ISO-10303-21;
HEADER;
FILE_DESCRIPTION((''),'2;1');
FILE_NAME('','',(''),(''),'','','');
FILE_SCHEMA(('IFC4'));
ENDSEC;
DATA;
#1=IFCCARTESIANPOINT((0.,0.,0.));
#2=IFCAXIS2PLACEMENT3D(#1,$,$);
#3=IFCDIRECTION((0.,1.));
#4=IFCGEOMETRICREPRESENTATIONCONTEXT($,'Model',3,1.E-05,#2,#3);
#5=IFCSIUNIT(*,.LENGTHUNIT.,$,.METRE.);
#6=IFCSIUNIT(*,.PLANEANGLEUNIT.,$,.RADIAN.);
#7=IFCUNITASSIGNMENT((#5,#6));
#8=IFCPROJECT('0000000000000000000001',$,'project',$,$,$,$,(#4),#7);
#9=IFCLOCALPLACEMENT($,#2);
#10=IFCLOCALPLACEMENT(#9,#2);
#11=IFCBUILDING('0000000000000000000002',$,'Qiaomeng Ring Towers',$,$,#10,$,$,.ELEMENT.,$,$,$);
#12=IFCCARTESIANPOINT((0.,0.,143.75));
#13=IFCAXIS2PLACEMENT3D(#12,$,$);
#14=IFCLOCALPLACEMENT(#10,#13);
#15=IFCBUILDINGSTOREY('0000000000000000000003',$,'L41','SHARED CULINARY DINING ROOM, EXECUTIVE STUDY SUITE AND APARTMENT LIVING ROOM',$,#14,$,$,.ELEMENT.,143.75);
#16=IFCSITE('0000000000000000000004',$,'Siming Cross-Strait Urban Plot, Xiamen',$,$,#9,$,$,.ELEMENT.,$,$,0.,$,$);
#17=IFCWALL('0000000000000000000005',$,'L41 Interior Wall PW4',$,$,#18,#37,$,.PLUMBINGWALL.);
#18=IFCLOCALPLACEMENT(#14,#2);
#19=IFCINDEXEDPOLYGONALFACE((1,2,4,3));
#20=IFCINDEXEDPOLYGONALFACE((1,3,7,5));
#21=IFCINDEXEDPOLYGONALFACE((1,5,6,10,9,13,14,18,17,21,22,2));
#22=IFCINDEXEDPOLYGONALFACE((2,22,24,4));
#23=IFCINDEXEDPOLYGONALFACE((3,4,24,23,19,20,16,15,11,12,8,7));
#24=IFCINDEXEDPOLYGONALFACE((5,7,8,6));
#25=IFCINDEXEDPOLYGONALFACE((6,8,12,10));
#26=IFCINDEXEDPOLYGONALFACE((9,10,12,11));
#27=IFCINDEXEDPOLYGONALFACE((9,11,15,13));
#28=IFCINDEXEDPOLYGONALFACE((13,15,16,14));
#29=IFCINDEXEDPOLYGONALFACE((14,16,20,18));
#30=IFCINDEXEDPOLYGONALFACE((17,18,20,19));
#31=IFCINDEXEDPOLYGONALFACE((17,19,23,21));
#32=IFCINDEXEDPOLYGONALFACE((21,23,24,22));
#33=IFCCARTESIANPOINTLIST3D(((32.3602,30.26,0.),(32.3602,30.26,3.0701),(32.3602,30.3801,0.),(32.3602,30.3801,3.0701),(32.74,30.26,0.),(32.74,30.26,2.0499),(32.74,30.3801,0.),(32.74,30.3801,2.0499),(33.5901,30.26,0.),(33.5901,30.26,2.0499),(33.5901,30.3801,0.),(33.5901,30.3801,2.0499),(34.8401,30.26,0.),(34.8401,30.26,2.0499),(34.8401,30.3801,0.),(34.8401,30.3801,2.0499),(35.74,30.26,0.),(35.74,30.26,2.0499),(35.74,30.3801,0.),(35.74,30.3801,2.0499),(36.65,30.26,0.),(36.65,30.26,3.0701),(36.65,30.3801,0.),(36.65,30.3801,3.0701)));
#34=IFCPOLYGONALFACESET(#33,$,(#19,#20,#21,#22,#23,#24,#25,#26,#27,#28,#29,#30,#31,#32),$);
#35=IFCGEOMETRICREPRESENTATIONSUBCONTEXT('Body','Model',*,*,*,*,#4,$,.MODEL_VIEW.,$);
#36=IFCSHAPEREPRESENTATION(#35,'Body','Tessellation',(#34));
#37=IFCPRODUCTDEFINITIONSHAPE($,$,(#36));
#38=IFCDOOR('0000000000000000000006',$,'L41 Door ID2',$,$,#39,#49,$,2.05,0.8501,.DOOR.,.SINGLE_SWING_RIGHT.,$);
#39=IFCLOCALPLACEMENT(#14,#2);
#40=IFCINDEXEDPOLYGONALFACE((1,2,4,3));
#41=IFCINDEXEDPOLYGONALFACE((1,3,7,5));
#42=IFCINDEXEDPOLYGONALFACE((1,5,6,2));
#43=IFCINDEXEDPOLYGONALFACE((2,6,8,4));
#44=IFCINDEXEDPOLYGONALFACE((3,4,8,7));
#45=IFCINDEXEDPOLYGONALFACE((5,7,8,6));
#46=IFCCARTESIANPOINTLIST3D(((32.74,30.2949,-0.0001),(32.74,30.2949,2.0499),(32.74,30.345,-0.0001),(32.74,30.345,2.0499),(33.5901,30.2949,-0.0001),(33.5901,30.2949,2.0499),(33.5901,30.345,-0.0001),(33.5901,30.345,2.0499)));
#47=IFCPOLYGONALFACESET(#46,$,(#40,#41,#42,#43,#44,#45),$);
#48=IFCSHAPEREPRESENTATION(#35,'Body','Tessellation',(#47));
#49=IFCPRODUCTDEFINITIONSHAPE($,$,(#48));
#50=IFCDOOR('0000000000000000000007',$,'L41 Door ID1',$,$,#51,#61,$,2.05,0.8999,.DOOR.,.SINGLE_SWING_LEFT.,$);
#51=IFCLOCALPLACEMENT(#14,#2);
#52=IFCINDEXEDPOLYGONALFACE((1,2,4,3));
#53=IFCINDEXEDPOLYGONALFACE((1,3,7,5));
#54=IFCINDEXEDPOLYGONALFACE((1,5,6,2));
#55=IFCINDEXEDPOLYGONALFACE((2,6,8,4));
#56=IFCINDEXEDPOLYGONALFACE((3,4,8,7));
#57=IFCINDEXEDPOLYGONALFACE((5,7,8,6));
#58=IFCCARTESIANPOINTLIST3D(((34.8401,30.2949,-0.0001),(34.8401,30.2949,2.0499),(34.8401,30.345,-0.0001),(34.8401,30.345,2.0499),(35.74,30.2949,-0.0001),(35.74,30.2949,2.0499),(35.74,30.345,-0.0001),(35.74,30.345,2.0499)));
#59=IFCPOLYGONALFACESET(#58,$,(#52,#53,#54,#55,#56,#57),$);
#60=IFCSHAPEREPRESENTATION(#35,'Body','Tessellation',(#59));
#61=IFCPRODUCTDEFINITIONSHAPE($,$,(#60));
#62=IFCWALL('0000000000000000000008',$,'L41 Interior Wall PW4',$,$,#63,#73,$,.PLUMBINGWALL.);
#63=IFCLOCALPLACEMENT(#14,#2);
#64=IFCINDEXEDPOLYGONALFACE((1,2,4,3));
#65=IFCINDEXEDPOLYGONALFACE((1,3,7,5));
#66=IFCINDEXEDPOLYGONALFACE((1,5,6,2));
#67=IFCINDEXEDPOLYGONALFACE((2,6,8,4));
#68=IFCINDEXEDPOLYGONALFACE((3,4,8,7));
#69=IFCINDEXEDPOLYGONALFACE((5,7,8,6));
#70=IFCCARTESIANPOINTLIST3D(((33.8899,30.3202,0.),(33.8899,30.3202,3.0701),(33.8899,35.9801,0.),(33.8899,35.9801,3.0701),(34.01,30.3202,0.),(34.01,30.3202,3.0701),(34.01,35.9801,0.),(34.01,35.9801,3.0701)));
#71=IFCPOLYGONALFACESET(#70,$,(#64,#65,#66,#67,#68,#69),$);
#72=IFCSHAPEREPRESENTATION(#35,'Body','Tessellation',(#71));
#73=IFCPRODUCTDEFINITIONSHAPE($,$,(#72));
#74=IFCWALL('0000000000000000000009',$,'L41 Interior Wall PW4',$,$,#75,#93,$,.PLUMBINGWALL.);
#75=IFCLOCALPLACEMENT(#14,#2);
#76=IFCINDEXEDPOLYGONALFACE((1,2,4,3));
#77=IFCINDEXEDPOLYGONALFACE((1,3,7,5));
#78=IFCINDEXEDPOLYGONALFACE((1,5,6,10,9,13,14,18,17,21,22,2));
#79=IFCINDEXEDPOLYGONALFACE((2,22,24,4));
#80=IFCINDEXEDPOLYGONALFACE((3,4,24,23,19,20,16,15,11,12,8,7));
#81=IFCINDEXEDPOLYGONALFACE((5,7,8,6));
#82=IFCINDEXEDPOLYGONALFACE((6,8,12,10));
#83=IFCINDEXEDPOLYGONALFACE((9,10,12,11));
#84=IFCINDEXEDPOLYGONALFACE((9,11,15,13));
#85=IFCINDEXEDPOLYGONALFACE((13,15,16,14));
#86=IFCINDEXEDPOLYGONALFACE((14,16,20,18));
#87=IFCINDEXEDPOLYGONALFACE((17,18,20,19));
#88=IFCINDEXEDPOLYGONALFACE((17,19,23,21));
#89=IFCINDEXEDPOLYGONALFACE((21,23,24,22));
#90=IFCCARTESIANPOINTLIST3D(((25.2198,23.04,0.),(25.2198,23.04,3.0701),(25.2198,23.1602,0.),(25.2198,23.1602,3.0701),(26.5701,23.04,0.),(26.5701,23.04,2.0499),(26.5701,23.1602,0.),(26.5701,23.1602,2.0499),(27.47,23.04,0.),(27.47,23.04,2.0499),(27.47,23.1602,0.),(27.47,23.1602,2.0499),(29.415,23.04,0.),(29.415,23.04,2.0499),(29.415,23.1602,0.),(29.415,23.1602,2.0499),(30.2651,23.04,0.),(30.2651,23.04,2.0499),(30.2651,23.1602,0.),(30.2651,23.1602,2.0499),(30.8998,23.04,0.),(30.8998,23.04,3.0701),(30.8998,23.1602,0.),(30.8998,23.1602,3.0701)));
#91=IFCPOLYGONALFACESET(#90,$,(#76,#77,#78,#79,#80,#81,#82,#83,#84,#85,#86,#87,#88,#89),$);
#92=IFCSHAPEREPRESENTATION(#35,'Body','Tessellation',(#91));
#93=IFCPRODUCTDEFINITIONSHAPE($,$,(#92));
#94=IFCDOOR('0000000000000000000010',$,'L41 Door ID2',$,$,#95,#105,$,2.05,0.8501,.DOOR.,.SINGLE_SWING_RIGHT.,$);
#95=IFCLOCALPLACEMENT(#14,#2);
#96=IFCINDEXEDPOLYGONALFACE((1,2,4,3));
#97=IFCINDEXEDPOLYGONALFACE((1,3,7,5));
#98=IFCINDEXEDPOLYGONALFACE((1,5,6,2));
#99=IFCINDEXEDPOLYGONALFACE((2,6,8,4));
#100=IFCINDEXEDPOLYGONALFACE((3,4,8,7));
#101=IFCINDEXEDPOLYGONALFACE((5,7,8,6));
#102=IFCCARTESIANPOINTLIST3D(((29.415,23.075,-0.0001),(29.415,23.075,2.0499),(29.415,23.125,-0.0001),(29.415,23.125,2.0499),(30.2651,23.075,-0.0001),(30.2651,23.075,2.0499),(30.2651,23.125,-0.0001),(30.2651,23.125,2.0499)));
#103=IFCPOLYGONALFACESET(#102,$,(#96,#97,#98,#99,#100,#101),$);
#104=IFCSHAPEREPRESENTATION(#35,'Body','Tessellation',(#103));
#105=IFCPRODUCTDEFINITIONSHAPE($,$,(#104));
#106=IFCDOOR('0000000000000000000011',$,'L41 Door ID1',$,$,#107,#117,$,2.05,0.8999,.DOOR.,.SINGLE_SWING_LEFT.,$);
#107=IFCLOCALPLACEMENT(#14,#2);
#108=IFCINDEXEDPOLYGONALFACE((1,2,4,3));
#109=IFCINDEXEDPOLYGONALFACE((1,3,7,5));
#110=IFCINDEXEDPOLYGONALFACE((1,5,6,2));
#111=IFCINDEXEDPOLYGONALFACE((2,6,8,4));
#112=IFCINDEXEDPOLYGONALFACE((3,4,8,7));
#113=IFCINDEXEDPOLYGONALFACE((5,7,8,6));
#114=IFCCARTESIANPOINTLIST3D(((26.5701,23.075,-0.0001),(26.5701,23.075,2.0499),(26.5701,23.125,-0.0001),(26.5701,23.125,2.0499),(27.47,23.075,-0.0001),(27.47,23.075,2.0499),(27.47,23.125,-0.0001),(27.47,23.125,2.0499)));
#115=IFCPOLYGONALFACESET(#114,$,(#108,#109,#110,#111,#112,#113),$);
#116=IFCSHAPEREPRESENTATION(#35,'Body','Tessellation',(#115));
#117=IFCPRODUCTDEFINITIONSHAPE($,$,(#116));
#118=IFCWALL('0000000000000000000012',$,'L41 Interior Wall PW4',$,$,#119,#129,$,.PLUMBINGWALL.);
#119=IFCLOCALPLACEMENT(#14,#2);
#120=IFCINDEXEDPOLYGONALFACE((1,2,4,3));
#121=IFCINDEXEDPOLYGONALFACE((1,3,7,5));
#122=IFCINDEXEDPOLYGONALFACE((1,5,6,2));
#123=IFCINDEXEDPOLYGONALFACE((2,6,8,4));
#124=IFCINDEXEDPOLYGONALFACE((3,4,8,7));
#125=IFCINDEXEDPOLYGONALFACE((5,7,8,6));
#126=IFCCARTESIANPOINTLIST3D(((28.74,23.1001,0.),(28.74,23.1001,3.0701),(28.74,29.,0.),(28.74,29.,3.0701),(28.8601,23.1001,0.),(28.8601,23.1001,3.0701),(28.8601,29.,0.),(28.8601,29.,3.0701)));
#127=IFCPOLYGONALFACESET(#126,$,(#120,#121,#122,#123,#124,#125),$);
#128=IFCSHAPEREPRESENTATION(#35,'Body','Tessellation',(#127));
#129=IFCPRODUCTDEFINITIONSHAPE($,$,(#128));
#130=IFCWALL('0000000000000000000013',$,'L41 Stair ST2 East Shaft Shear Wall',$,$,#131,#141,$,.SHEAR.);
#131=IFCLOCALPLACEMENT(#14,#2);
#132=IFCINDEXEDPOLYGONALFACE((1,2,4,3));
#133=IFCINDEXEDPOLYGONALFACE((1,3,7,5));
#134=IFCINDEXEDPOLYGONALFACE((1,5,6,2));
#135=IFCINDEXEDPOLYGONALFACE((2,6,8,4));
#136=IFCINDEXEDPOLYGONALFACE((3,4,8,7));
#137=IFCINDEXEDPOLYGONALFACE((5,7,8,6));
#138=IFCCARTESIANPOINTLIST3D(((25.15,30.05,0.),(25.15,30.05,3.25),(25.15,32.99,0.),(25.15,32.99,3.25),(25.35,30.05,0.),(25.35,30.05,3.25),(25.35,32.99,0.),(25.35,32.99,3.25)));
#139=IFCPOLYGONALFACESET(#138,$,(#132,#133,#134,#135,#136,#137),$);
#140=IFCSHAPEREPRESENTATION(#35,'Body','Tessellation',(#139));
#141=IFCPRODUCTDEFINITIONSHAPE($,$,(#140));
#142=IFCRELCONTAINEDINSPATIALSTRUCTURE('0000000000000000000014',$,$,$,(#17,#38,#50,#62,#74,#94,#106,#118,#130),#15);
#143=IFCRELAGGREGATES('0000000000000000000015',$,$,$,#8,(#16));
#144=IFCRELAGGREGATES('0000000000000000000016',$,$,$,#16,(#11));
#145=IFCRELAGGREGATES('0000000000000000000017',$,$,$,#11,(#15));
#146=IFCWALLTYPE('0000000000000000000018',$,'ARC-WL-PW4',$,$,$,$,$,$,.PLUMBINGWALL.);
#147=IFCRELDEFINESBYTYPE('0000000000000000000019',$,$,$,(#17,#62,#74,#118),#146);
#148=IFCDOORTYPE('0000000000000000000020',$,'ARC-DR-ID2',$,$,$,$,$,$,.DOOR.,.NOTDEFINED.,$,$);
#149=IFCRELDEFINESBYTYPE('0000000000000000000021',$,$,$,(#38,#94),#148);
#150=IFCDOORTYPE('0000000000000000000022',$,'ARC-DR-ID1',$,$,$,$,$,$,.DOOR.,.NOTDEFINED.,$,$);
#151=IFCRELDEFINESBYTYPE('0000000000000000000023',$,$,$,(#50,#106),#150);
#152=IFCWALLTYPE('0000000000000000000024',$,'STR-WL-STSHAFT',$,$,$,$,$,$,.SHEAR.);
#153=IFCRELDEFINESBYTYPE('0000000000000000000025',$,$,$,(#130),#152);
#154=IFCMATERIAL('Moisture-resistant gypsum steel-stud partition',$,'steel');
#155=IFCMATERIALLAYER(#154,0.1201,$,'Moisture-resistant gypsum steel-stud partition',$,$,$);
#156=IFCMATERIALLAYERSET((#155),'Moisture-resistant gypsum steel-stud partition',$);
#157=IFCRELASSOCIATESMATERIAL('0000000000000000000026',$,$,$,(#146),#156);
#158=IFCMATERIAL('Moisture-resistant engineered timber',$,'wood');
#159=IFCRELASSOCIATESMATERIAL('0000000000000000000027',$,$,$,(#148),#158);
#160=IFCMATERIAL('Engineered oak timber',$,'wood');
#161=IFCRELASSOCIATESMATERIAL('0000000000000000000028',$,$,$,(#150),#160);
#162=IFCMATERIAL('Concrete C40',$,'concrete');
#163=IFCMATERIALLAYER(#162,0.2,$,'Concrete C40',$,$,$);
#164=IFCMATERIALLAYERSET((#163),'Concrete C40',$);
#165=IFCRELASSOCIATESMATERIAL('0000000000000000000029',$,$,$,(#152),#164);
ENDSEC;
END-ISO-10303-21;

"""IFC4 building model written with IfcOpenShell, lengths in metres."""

from ifc_helpers import new_model, si_unit, direction, frame, frame_2d, origin, place, context, subcontext, project, spatial, rectangle, extrude, source, transform, mapped, material, layer, layer_set, type_object, element, fill, save


model = new_model("IFC4")

# Units and contexts
model_context = context("Model", 3, precision=1e-05, world=origin(), true_north=direction((0.0, 1.0)))
body_context = subcontext(model_context, "Body", "Model", "MODEL_VIEW")
ifc_project = project(units=[si_unit("LENGTHUNIT", "METRE"), si_unit("PLANEANGLEUNIT", "RADIAN")], contexts=[model_context])

# Site, building, storey
site_placement = place(None, origin())
site = spatial("IfcSite", under=ifc_project, at=site_placement, Name="Siming Cross-Strait Urban Plot, Xiamen", CompositionType="ELEMENT", RefElevation=0.0)
building_placement = place(site_placement, origin())
building = spatial("IfcBuilding", under=site, at=building_placement, Name="Qiaomeng Ring Towers", CompositionType="ELEMENT")
storey_placement = place(building_placement, frame((0.0, 0.0, 143.75)))
storey = spatial("IfcBuildingStorey", under=building, at=storey_placement, Name="L41", Description="SHARED CULINARY DINING ROOM, EXECUTIVE STUDY SUITE AND APARTMENT LIVING ROOM", CompositionType="ELEMENT", Elevation=143.75)

# Wall, openings, doors
ifc_material_1 = material(Name="Moisture-resistant gypsum steel-stud partition", Category="steel")
ifc_layer_1 = layer(ifc_material_1, 0.1201, Name="Moisture-resistant gypsum steel-stud partition")
ifc_layer_set_1 = layer_set([ifc_layer_1], Name="Moisture-resistant gypsum steel-stud partition")
wall_type_1 = type_object("IfcWallType", Name="ARC-WL-PW4", PredefinedType="PLUMBINGWALL", material=ifc_layer_set_1)
wall_1_placement = place(storey_placement, frame((32.3601, 30.3201, 0.0), z_axis=(0.0, 0.0, 1.0), x_axis=(1.0, 0.0, 0.0)))
wall_1 = element("IfcWall", 1, at=wall_1_placement, inside=storey, type_object=wall_type_1, Name="L41 Interior Wall PW4", PredefinedType="PLUMBINGWALL", context=body_context, shape_type="SweptSolid", body=[
    extrude(rectangle(XDim=4.2898, YDim=0.1201, at=frame_2d((2.145, 0.0))), origin(), (0.0, 0.0, 1.0), 3.0701),
])
opening_1_placement = place(wall_1_placement, frame((0.3799, 0.0, 0.0)))
opening_1 = element("IfcOpeningElement", 2, at=opening_1_placement, cuts=wall_1, PredefinedType="OPENING", context=body_context, shape_type="SweptSolid", body=[
    extrude(rectangle(XDim=0.8501, YDim=2.05, at=frame_2d((0.425, 1.0249))), frame((0.0, 0.0701, 0.0), z_axis=(0.0, -1.0, 0.0), x_axis=(1.0, 0.0, 0.0)), (0.0, 0.0, 1.0), 0.1401),
])
opening_2_placement = place(wall_1_placement, frame((2.48, 0.0, 0.0)))
opening_2 = element("IfcOpeningElement", 3, at=opening_2_placement, cuts=wall_1, PredefinedType="OPENING", context=body_context, shape_type="SweptSolid", body=[
    extrude(rectangle(XDim=0.8999, YDim=2.05, at=frame_2d((0.45, 1.0249))), frame((0.0, 0.0701, 0.0), z_axis=(0.0, -1.0, 0.0), x_axis=(1.0, 0.0, 0.0)), (0.0, 0.0, 1.0), 0.1401),
])
ifc_material_2 = material(Name="Moisture-resistant engineered timber", Category="wood")
door_type_1 = type_object("IfcDoorType", Name="ARC-DR-ID2", OperationType="NOTDEFINED", PredefinedType="DOOR", material=ifc_material_2)
shared_shape_1 = source(origin(), body_context, "Body", "SweptSolid", [
    extrude(rectangle(XDim=0.8501, YDim=2.05, at=frame_2d((0.425, 1.0249))), frame((0.0, 0.0249, 0.0), z_axis=(0.0, -1.0, 0.0), x_axis=(1.0, 0.0, 0.0)), (0.0, 0.0, 1.0), 0.05),
])
door_1_placement = place(opening_1_placement, origin())
door_1 = element("IfcDoor", 4, at=door_1_placement, inside=storey, type_object=door_type_1, Name="L41 Door ID2", OperationType="SINGLE_SWING_RIGHT", OverallHeight=2.05, OverallWidth=0.8501, PredefinedType="DOOR", context=body_context, shape_type="MappedRepresentation", body=[
    mapped(shared_shape_1, transform((0.0, 0.0, 0.0), x_axis=(1.0, 0.0, 0.0), y_axis=(0.0, 1.0, 0.0), z_axis=(0.0, 0.0, 1.0), scale=1.0)),
])
fill(opening_1, door_1)
ifc_material_3 = material(Name="Engineered oak timber", Category="wood")
door_type_2 = type_object("IfcDoorType", Name="ARC-DR-ID1", OperationType="NOTDEFINED", PredefinedType="DOOR", material=ifc_material_3)
shared_shape_2 = source(origin(), body_context, "Body", "SweptSolid", [
    extrude(rectangle(XDim=0.8999, YDim=2.05, at=frame_2d((0.45, 1.0249))), frame((0.0, 0.0249, 0.0), z_axis=(0.0, -1.0, 0.0), x_axis=(1.0, 0.0, 0.0)), (0.0, 0.0, 1.0), 0.05),
])
door_2_placement = place(opening_2_placement, origin())
door_2 = element("IfcDoor", 5, at=door_2_placement, inside=storey, type_object=door_type_2, Name="L41 Door ID1", OperationType="SINGLE_SWING_LEFT", OverallHeight=2.05, OverallWidth=0.8999, PredefinedType="DOOR", context=body_context, shape_type="MappedRepresentation", body=[
    mapped(shared_shape_2, transform((0.0, 0.0, 0.0), x_axis=(1.0, 0.0, 0.0), y_axis=(0.0, 1.0, 0.0), z_axis=(0.0, 0.0, 1.0), scale=1.0)),
])
fill(opening_2, door_2)

# Wall
wall_2_placement = place(storey_placement, frame((33.95, 30.3201, 0.0), z_axis=(0.0, 0.0, 1.0), x_axis=(0.0, 1.0, 0.0)))
element("IfcWall", 6, at=wall_2_placement, inside=storey, type_object=wall_type_1, Name="L41 Interior Wall PW4", PredefinedType="PLUMBINGWALL", context=body_context, shape_type="SweptSolid", body=[
    extrude(rectangle(XDim=5.6599, YDim=0.1201, at=frame_2d((2.8301, 0.0))), origin(), (0.0, 0.0, 1.0), 3.0701),
])

# Wall, openings, doors
wall_3_placement = place(storey_placement, frame((25.22, 23.1001, 0.0), z_axis=(0.0, 0.0, 1.0), x_axis=(1.0, 0.0, 0.0)))
wall_3 = element("IfcWall", 7, at=wall_3_placement, inside=storey, type_object=wall_type_1, Name="L41 Interior Wall PW4", PredefinedType="PLUMBINGWALL", context=body_context, shape_type="SweptSolid", body=[
    extrude(rectangle(XDim=5.6799, YDim=0.1201, at=frame_2d((2.8398, 0.0))), origin(), (0.0, 0.0, 1.0), 3.0701),
])
opening_3_placement = place(wall_3_placement, frame((1.3501, 0.0, 0.0)))
opening_3 = element("IfcOpeningElement", 8, at=opening_3_placement, cuts=wall_3, PredefinedType="OPENING", context=body_context, shape_type="SweptSolid", body=[
    extrude(rectangle(XDim=0.8999, YDim=2.05, at=frame_2d((0.45, 1.0249))), frame((0.0, 0.0701, 0.0), z_axis=(0.0, -1.0, 0.0), x_axis=(1.0, 0.0, 0.0)), (0.0, 0.0, 1.0), 0.1401),
])
opening_4_placement = place(wall_3_placement, frame((4.1951, 0.0, 0.0)))
opening_4 = element("IfcOpeningElement", 9, at=opening_4_placement, cuts=wall_3, PredefinedType="OPENING", context=body_context, shape_type="SweptSolid", body=[
    extrude(rectangle(XDim=0.8501, YDim=2.05, at=frame_2d((0.425, 1.0249))), frame((0.0, 0.0701, 0.0), z_axis=(0.0, -1.0, 0.0), x_axis=(1.0, 0.0, 0.0)), (0.0, 0.0, 1.0), 0.1401),
])
door_3_placement = place(opening_4_placement, origin())
door_3 = element("IfcDoor", 10, at=door_3_placement, inside=storey, type_object=door_type_1, Name="L41 Door ID2", OperationType="SINGLE_SWING_RIGHT", OverallHeight=2.05, OverallWidth=0.8501, PredefinedType="DOOR", context=body_context, shape_type="MappedRepresentation", body=[
    mapped(shared_shape_1, transform((0.0, 0.0, 0.0), x_axis=(1.0, 0.0, 0.0), y_axis=(0.0, 1.0, 0.0), z_axis=(0.0, 0.0, 1.0), scale=1.0)),
])
fill(opening_4, door_3)
door_4_placement = place(opening_3_placement, origin())
door_4 = element("IfcDoor", 11, at=door_4_placement, inside=storey, type_object=door_type_2, Name="L41 Door ID1", OperationType="SINGLE_SWING_LEFT", OverallHeight=2.05, OverallWidth=0.8999, PredefinedType="DOOR", context=body_context, shape_type="MappedRepresentation", body=[
    mapped(shared_shape_2, transform((0.0, 0.0, 0.0), x_axis=(1.0, 0.0, 0.0), y_axis=(0.0, 1.0, 0.0), z_axis=(0.0, 0.0, 1.0), scale=1.0)),
])
fill(opening_3, door_4)

# Walls
wall_4_placement = place(storey_placement, frame((28.8, 23.1001, 0.0), z_axis=(0.0, 0.0, 1.0), x_axis=(0.0, 1.0, 0.0)))
element("IfcWall", 12, at=wall_4_placement, inside=storey, type_object=wall_type_1, Name="L41 Interior Wall PW4", PredefinedType="PLUMBINGWALL", context=body_context, shape_type="SweptSolid", body=[
    extrude(rectangle(XDim=5.8999, YDim=0.1201, at=frame_2d((2.95, 0.0))), origin(), (0.0, 0.0, 1.0), 3.0701),
])
ifc_material_4 = material(Name="Concrete C40", Category="concrete")
ifc_layer_2 = layer(ifc_material_4, 0.2, Name="Concrete C40")
ifc_layer_set_2 = layer_set([ifc_layer_2], Name="Concrete C40")
wall_type_2 = type_object("IfcWallType", Name="STR-WL-STSHAFT", PredefinedType="SHEAR", material=ifc_layer_set_2)
wall_5_placement = place(storey_placement, frame((25.25, 30.05, 0.0), z_axis=(0.0, 0.0, 1.0), x_axis=(0.0, 1.0, 0.0)))
element("IfcWall", 13, at=wall_5_placement, inside=storey, type_object=wall_type_2, Name="L41 Stair ST2 East Shaft Shear Wall", PredefinedType="SHEAR", context=body_context, shape_type="SweptSolid", body=[
    extrude(rectangle(XDim=2.9399, YDim=0.2, at=frame_2d((1.47, 0.0))), origin(), (0.0, 0.0, 1.0), 3.25),
])

save(model, "model.ifc")
